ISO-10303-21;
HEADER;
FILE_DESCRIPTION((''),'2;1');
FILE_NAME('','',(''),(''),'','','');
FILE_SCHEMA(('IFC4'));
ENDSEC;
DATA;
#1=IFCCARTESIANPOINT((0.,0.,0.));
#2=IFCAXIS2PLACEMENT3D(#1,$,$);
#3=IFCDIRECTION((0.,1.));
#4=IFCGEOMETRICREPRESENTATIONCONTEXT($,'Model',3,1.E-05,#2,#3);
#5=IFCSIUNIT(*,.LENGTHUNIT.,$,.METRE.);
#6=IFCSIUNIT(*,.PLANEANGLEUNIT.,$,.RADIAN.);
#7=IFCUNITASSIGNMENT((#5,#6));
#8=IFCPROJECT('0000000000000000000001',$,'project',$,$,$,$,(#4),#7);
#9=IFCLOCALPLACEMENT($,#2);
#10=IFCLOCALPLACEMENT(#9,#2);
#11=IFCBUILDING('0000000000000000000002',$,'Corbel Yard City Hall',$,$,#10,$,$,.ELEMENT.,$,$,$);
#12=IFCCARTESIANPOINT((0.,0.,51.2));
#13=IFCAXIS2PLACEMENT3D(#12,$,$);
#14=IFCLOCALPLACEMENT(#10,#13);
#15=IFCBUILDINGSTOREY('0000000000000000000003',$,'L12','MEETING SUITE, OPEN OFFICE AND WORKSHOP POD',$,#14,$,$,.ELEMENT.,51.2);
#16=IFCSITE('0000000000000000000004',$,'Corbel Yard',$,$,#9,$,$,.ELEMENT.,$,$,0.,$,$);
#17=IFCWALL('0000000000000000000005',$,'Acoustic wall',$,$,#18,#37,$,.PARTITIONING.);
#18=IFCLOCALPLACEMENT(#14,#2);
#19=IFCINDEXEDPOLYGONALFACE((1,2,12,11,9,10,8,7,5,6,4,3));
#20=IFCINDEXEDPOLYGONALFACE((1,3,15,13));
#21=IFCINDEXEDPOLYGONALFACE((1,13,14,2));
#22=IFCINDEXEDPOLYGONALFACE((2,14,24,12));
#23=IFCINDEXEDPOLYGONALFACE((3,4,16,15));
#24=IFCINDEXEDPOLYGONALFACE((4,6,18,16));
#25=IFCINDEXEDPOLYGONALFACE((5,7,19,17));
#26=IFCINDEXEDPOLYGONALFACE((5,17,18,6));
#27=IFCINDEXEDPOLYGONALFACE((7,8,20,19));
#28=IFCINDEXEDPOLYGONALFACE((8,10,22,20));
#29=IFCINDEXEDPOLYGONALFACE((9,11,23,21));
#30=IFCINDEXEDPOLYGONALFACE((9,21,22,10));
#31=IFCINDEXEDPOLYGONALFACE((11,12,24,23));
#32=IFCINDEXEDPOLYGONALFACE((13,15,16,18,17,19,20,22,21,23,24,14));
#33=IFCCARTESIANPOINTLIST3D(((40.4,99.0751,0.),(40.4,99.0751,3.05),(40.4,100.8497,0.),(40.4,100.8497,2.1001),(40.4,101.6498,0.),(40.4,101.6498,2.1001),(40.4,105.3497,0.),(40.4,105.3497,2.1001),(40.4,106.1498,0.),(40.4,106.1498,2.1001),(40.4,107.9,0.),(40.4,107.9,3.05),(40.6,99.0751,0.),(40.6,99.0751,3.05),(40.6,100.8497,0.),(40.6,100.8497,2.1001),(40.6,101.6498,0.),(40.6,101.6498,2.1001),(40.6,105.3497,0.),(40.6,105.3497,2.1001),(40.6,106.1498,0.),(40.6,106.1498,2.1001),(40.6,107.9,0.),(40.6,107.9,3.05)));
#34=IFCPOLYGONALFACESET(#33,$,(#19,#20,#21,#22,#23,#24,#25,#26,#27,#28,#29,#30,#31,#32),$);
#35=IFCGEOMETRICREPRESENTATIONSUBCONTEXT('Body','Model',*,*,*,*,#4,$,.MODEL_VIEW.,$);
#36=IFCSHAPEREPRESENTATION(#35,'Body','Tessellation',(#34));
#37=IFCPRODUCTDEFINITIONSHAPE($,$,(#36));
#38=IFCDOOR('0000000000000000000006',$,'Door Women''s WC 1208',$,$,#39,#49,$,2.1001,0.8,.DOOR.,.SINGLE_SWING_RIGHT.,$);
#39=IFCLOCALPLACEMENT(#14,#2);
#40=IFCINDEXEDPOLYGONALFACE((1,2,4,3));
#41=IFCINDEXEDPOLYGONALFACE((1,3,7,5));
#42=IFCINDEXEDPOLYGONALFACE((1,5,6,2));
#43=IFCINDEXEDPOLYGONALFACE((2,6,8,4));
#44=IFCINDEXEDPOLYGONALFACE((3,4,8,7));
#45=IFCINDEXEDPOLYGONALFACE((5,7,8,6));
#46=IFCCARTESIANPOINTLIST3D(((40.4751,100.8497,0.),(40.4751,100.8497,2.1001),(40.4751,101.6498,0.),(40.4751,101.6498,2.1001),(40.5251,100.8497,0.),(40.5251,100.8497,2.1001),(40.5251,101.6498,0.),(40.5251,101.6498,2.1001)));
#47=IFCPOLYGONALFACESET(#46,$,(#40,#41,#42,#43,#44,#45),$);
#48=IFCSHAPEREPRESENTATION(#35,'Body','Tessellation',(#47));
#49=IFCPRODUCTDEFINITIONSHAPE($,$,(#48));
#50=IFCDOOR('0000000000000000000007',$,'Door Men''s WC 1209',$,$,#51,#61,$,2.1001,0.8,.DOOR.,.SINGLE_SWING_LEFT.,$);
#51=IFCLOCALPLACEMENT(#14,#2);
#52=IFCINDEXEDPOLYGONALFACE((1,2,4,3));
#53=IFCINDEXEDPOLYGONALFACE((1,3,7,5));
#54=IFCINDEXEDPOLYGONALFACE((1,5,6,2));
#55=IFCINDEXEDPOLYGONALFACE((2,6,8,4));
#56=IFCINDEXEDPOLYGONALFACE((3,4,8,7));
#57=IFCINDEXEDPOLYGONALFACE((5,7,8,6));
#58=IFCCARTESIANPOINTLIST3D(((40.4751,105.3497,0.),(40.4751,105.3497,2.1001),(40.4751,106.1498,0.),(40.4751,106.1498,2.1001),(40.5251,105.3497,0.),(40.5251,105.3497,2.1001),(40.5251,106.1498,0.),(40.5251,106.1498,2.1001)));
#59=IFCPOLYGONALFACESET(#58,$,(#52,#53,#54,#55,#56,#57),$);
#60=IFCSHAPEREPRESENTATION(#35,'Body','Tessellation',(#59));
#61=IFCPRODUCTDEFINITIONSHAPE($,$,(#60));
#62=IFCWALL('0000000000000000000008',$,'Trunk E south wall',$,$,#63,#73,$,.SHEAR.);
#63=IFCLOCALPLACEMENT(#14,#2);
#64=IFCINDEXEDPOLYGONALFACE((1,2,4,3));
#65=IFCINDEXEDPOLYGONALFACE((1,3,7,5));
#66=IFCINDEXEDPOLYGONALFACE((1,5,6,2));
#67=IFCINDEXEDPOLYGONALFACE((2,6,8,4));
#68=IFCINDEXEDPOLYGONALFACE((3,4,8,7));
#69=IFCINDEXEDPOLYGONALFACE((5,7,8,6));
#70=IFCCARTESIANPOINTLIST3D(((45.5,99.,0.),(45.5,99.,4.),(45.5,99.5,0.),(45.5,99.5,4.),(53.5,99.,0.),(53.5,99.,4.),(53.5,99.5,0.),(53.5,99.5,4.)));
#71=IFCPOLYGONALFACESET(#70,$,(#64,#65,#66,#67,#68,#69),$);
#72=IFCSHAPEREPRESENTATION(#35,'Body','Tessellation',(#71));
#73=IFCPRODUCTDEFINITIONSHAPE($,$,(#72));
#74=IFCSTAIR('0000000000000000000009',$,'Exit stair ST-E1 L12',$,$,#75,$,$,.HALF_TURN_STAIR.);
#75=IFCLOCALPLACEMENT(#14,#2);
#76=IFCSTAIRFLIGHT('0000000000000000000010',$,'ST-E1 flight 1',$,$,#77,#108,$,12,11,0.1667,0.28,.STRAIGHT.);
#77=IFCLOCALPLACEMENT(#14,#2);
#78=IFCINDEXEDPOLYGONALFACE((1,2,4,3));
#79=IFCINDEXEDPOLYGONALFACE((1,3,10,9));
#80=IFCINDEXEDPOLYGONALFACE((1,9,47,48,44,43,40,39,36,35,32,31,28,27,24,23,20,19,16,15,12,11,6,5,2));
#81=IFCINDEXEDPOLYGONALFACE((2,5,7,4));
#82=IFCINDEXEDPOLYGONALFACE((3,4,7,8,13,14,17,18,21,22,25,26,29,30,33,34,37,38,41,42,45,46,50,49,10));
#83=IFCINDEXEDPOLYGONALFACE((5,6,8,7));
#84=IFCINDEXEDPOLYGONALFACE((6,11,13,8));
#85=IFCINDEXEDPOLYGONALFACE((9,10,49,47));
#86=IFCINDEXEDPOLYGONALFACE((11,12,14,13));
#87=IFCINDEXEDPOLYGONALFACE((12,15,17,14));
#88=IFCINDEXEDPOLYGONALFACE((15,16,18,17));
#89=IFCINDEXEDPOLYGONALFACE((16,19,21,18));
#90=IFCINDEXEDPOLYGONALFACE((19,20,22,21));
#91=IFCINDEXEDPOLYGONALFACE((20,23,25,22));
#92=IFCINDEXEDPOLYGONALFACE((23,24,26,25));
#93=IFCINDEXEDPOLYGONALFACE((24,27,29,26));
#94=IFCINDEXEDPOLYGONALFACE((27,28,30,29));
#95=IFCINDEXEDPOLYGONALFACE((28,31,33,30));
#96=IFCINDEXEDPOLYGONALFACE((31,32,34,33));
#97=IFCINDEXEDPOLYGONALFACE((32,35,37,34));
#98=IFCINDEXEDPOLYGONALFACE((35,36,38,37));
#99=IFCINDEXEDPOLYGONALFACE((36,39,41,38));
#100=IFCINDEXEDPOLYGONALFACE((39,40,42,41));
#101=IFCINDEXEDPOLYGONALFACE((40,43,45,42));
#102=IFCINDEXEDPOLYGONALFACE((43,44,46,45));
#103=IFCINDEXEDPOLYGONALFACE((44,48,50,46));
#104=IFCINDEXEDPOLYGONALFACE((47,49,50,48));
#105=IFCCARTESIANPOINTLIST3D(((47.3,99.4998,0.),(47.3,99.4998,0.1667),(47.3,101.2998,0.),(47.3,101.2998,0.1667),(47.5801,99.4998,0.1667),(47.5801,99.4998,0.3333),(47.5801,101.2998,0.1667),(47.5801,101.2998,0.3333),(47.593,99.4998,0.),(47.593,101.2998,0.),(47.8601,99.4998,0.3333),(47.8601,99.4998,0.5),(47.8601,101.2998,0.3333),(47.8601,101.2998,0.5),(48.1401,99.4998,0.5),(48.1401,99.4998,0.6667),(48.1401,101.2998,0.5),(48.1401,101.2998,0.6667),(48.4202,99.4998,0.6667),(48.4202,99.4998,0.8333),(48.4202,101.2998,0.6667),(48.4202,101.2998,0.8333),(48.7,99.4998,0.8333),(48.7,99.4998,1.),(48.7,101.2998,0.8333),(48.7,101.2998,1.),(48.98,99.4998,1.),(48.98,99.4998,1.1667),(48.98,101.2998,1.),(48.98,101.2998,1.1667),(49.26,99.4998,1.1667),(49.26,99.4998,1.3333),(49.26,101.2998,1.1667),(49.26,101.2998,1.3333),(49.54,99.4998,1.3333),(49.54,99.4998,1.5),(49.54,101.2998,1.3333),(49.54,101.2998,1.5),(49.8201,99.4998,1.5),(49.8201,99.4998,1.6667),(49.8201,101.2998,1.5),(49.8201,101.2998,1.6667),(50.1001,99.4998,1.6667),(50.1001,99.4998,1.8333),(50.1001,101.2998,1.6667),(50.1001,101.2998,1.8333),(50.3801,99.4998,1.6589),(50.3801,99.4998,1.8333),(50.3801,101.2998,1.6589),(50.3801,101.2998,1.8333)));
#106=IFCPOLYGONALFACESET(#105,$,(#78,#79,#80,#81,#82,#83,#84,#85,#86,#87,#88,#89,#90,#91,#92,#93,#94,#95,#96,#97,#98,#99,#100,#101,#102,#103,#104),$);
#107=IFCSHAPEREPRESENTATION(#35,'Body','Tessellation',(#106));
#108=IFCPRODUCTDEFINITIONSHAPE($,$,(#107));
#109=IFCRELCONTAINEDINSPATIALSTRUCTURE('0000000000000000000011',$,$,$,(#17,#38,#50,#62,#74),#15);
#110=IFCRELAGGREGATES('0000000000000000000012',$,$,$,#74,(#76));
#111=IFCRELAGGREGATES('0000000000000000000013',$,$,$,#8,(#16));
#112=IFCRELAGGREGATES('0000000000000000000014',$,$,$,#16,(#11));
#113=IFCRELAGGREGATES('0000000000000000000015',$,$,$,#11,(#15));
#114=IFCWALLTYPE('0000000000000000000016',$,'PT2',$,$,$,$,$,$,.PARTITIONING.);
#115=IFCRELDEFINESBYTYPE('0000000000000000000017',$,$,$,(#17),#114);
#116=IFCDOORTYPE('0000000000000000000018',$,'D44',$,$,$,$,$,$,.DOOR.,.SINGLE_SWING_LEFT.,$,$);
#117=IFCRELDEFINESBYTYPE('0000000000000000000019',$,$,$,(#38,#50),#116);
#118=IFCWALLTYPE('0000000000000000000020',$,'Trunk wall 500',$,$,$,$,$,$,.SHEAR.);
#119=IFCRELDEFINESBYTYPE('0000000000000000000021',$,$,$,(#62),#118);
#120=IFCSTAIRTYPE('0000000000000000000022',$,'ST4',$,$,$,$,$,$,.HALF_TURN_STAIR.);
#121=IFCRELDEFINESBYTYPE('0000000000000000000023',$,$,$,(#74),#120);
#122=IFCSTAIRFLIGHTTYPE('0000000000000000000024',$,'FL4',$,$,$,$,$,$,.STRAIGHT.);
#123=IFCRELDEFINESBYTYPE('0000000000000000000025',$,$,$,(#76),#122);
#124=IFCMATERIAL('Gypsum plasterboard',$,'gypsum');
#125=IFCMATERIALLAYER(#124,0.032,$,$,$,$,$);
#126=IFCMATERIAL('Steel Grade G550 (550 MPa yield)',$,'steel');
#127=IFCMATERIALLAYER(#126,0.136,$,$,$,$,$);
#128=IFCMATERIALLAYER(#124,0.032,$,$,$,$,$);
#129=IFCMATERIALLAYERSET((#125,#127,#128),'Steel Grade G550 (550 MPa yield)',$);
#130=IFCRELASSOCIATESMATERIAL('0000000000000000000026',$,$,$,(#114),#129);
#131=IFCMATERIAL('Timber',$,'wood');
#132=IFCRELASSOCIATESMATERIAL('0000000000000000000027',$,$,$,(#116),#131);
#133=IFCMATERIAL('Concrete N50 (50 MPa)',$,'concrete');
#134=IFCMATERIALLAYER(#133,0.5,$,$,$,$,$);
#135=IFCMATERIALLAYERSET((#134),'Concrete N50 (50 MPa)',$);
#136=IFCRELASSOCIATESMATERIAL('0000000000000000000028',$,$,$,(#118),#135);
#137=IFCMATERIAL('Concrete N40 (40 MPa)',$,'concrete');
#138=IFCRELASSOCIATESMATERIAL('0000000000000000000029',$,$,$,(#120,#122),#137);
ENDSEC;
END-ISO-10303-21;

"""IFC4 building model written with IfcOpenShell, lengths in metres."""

from ifc_helpers import new_model, si_unit, direction, frame, frame_2d, origin, place, context, subcontext, project, spatial, polyline, rectangle, outline, extrude, material, layer, layer_set, type_object, element, fill, aggregate, save


model = new_model("IFC4")

# Units and contexts
model_context = context("Model", 3, precision=1e-05, world=origin(), true_north=direction((0.0, 1.0)))
body_context = subcontext(model_context, "Body", "Model", "MODEL_VIEW")
ifc_project = project(units=[si_unit("LENGTHUNIT", "METRE"), si_unit("PLANEANGLEUNIT", "RADIAN")], contexts=[model_context])

# Site, building, storey
site_placement = place(None, origin())
site = spatial("IfcSite", under=ifc_project, at=site_placement, Name="Corbel Yard", CompositionType="ELEMENT", RefElevation=0.0)
building_placement = place(site_placement, origin())
building = spatial("IfcBuilding", under=site, at=building_placement, Name="Corbel Yard City Hall", CompositionType="ELEMENT")
storey_placement = place(building_placement, frame((0.0, 0.0, 51.2)))
storey = spatial("IfcBuildingStorey", under=building, at=storey_placement, Name="L12", Description="MEETING SUITE, OPEN OFFICE AND WORKSHOP POD", CompositionType="ELEMENT", Elevation=51.2)

# Wall, openings, doors
ifc_material_1 = material(Name="Gypsum plasterboard", Category="gypsum")
ifc_layer_1 = layer(ifc_material_1, 0.032)
ifc_material_2 = material(Name="Steel Grade G550 (550 MPa yield)", Category="steel")
ifc_layer_2 = layer(ifc_material_2, 0.136)
ifc_layer_3 = layer(ifc_material_1, 0.032)
ifc_layer_set_1 = layer_set([ifc_layer_1, ifc_layer_2, ifc_layer_3], Name="Steel Grade G550 (550 MPa yield)")
wall_type_1 = type_object("IfcWallType", Name="PT2", PredefinedType="PARTITIONING", material=ifc_layer_set_1)
wall_1_placement = place(storey_placement, frame((40.5, 99.075, 0.0), z_axis=(0.0, 0.0, 1.0), x_axis=(0.0, 1.0, 0.0)))
wall_1 = element("IfcWall", 1, at=wall_1_placement, inside=storey, type_object=wall_type_1, Name="Acoustic wall", PredefinedType="PARTITIONING", context=body_context, shape_type="SweptSolid", body=[
    extrude(rectangle(XDim=8.825, YDim=0.2, at=frame_2d((4.4126, 0.0))), origin(), (0.0, 0.0, 1.0), 3.05),
])
opening_1_placement = place(wall_1_placement, frame((1.7749, 0.0, 0.0)))
opening_1 = element("IfcOpeningElement", 2, at=opening_1_placement, cuts=wall_1, PredefinedType="OPENING", context=body_context, shape_type="SweptSolid", body=[
    extrude(rectangle(XDim=0.8, YDim=2.1001, at=frame_2d((0.3999, 1.05))), frame((0.0, 0.1099, 0.0), z_axis=(0.0, -1.0, 0.0), x_axis=(1.0, 0.0, 0.0)), (0.0, 0.0, 1.0), 0.22),
])
opening_2_placement = place(wall_1_placement, frame((6.2749, 0.0, 0.0)))
opening_2 = element("IfcOpeningElement", 3, at=opening_2_placement, cuts=wall_1, PredefinedType="OPENING", context=body_context, shape_type="SweptSolid", body=[
    extrude(rectangle(XDim=0.8, YDim=2.1001, at=frame_2d((0.3999, 1.05))), frame((0.0, 0.1099, 0.0), z_axis=(0.0, -1.0, 0.0), x_axis=(1.0, 0.0, 0.0)), (0.0, 0.0, 1.0), 0.22),
])
ifc_material_3 = material(Name="Timber", Category="wood")
door_type = type_object("IfcDoorType", Name="D44", OperationType="SINGLE_SWING_LEFT", PredefinedType="DOOR", material=ifc_material_3)
door_1_placement = place(opening_1_placement, origin())
door_1 = element("IfcDoor", 4, at=door_1_placement, inside=storey, type_object=door_type, Name="Door Women's WC 1208", OperationType="SINGLE_SWING_RIGHT", OverallHeight=2.1001, OverallWidth=0.8, PredefinedType="DOOR", context=body_context, shape_type="SweptSolid", body=[
    extrude(rectangle(XDim=0.8, YDim=2.1001, at=frame_2d((0.3999, 1.05))), frame((0.0, 0.0249, 0.0), z_axis=(0.0, -1.0, 0.0), x_axis=(1.0, 0.0, 0.0)), (0.0, 0.0, 1.0), 0.05),
])
fill(opening_1, door_1)
door_2_placement = place(opening_2_placement, origin())
door_2 = element("IfcDoor", 5, at=door_2_placement, inside=storey, type_object=door_type, Name="Door Men's WC 1209", OperationType="SINGLE_SWING_LEFT", OverallHeight=2.1001, OverallWidth=0.8, PredefinedType="DOOR", context=body_context, shape_type="SweptSolid", body=[
    extrude(rectangle(XDim=0.8, YDim=2.1001, at=frame_2d((0.3999, 1.05))), frame((0.0, 0.0249, 0.0), z_axis=(0.0, -1.0, 0.0), x_axis=(1.0, 0.0, 0.0)), (0.0, 0.0, 1.0), 0.05),
])
fill(opening_2, door_2)

# Wall
ifc_material_4 = material(Name="Concrete N50 (50 MPa)", Category="concrete")
ifc_layer_4 = layer(ifc_material_4, 0.5)
ifc_layer_set_2 = layer_set([ifc_layer_4], Name="Concrete N50 (50 MPa)")
wall_type_2 = type_object("IfcWallType", Name="Trunk wall 500", PredefinedType="SHEAR", material=ifc_layer_set_2)
wall_2_placement = place(storey_placement, frame((45.5, 99.25, 0.0), z_axis=(0.0, 0.0, 1.0), x_axis=(1.0, 0.0, 0.0)))
element("IfcWall", 6, at=wall_2_placement, inside=storey, type_object=wall_type_2, Name="Trunk E south wall", PredefinedType="SHEAR", context=body_context, shape_type="SweptSolid", body=[
    extrude(rectangle(XDim=8.0, YDim=0.5, at=frame_2d((4.0, 0.0))), origin(), (0.0, 0.0, 1.0), 4.0),
])

# Stair, stair flight
ifc_material_5 = material(Name="Concrete N40 (40 MPa)", Category="concrete")
stair_type = type_object("IfcStairType", Name="ST4", PredefinedType="HALF_TURN_STAIR", material=ifc_material_5)
stair_placement = place(storey_placement, origin())
stair = element("IfcStair", 7, at=stair_placement, inside=storey, type_object=stair_type, Name="Exit stair ST-E1 L12", PredefinedType="HALF_TURN_STAIR")
stair_flight_type = type_object("IfcStairFlightType", Name="FL4", PredefinedType="STRAIGHT", material=ifc_material_5)
stair_flight_placement = place(storey_placement, frame((47.3, 100.3999, 0.0), z_axis=(0.0, 0.0, 1.0), x_axis=(1.0, 0.0, 0.0)))
stair_flight = element("IfcStairFlight", 8, at=stair_flight_placement, type_object=stair_flight_type, Name="ST-E1 flight 1", NumberOfRisers=12, NumberOfTreads=11, PredefinedType="STRAIGHT", RiserHeight=0.1667, TreadLength=0.28, context=body_context, shape_type="SweptSolid", body=[
    extrude(outline(polyline([(0.0, 0.0), (0.0, 0.1667), (0.28, 0.1667), (0.28, 0.3333), (0.5601, 0.3333), (0.5601, 0.5), (0.8401, 0.5), (0.8401, 0.6667), (1.1201, 0.6667), (1.1201, 0.8333), (1.3999, 0.8333), (1.3999, 1.0), (1.6799, 1.0), (1.6799, 1.1667), (1.96, 1.1667), (1.96, 1.3333), (2.24, 1.3333), (2.24, 1.5), (2.52, 1.5), (2.52, 1.6667), (2.8, 1.6667), (2.8, 1.8333), (3.0801, 1.8333), (3.0801, 2.0), (3.0801, 1.6589), (0.293, 0.0), (0.0, 0.0)])), frame((0.0, 0.8999, 0.0), z_axis=(0.0, -1.0, 0.0), x_axis=(1.0, 0.0, 0.0)), (0.0, 0.0, 1.0), 1.8),
])
aggregate(stair, [stair_flight])

save(model, "model.ifc")
